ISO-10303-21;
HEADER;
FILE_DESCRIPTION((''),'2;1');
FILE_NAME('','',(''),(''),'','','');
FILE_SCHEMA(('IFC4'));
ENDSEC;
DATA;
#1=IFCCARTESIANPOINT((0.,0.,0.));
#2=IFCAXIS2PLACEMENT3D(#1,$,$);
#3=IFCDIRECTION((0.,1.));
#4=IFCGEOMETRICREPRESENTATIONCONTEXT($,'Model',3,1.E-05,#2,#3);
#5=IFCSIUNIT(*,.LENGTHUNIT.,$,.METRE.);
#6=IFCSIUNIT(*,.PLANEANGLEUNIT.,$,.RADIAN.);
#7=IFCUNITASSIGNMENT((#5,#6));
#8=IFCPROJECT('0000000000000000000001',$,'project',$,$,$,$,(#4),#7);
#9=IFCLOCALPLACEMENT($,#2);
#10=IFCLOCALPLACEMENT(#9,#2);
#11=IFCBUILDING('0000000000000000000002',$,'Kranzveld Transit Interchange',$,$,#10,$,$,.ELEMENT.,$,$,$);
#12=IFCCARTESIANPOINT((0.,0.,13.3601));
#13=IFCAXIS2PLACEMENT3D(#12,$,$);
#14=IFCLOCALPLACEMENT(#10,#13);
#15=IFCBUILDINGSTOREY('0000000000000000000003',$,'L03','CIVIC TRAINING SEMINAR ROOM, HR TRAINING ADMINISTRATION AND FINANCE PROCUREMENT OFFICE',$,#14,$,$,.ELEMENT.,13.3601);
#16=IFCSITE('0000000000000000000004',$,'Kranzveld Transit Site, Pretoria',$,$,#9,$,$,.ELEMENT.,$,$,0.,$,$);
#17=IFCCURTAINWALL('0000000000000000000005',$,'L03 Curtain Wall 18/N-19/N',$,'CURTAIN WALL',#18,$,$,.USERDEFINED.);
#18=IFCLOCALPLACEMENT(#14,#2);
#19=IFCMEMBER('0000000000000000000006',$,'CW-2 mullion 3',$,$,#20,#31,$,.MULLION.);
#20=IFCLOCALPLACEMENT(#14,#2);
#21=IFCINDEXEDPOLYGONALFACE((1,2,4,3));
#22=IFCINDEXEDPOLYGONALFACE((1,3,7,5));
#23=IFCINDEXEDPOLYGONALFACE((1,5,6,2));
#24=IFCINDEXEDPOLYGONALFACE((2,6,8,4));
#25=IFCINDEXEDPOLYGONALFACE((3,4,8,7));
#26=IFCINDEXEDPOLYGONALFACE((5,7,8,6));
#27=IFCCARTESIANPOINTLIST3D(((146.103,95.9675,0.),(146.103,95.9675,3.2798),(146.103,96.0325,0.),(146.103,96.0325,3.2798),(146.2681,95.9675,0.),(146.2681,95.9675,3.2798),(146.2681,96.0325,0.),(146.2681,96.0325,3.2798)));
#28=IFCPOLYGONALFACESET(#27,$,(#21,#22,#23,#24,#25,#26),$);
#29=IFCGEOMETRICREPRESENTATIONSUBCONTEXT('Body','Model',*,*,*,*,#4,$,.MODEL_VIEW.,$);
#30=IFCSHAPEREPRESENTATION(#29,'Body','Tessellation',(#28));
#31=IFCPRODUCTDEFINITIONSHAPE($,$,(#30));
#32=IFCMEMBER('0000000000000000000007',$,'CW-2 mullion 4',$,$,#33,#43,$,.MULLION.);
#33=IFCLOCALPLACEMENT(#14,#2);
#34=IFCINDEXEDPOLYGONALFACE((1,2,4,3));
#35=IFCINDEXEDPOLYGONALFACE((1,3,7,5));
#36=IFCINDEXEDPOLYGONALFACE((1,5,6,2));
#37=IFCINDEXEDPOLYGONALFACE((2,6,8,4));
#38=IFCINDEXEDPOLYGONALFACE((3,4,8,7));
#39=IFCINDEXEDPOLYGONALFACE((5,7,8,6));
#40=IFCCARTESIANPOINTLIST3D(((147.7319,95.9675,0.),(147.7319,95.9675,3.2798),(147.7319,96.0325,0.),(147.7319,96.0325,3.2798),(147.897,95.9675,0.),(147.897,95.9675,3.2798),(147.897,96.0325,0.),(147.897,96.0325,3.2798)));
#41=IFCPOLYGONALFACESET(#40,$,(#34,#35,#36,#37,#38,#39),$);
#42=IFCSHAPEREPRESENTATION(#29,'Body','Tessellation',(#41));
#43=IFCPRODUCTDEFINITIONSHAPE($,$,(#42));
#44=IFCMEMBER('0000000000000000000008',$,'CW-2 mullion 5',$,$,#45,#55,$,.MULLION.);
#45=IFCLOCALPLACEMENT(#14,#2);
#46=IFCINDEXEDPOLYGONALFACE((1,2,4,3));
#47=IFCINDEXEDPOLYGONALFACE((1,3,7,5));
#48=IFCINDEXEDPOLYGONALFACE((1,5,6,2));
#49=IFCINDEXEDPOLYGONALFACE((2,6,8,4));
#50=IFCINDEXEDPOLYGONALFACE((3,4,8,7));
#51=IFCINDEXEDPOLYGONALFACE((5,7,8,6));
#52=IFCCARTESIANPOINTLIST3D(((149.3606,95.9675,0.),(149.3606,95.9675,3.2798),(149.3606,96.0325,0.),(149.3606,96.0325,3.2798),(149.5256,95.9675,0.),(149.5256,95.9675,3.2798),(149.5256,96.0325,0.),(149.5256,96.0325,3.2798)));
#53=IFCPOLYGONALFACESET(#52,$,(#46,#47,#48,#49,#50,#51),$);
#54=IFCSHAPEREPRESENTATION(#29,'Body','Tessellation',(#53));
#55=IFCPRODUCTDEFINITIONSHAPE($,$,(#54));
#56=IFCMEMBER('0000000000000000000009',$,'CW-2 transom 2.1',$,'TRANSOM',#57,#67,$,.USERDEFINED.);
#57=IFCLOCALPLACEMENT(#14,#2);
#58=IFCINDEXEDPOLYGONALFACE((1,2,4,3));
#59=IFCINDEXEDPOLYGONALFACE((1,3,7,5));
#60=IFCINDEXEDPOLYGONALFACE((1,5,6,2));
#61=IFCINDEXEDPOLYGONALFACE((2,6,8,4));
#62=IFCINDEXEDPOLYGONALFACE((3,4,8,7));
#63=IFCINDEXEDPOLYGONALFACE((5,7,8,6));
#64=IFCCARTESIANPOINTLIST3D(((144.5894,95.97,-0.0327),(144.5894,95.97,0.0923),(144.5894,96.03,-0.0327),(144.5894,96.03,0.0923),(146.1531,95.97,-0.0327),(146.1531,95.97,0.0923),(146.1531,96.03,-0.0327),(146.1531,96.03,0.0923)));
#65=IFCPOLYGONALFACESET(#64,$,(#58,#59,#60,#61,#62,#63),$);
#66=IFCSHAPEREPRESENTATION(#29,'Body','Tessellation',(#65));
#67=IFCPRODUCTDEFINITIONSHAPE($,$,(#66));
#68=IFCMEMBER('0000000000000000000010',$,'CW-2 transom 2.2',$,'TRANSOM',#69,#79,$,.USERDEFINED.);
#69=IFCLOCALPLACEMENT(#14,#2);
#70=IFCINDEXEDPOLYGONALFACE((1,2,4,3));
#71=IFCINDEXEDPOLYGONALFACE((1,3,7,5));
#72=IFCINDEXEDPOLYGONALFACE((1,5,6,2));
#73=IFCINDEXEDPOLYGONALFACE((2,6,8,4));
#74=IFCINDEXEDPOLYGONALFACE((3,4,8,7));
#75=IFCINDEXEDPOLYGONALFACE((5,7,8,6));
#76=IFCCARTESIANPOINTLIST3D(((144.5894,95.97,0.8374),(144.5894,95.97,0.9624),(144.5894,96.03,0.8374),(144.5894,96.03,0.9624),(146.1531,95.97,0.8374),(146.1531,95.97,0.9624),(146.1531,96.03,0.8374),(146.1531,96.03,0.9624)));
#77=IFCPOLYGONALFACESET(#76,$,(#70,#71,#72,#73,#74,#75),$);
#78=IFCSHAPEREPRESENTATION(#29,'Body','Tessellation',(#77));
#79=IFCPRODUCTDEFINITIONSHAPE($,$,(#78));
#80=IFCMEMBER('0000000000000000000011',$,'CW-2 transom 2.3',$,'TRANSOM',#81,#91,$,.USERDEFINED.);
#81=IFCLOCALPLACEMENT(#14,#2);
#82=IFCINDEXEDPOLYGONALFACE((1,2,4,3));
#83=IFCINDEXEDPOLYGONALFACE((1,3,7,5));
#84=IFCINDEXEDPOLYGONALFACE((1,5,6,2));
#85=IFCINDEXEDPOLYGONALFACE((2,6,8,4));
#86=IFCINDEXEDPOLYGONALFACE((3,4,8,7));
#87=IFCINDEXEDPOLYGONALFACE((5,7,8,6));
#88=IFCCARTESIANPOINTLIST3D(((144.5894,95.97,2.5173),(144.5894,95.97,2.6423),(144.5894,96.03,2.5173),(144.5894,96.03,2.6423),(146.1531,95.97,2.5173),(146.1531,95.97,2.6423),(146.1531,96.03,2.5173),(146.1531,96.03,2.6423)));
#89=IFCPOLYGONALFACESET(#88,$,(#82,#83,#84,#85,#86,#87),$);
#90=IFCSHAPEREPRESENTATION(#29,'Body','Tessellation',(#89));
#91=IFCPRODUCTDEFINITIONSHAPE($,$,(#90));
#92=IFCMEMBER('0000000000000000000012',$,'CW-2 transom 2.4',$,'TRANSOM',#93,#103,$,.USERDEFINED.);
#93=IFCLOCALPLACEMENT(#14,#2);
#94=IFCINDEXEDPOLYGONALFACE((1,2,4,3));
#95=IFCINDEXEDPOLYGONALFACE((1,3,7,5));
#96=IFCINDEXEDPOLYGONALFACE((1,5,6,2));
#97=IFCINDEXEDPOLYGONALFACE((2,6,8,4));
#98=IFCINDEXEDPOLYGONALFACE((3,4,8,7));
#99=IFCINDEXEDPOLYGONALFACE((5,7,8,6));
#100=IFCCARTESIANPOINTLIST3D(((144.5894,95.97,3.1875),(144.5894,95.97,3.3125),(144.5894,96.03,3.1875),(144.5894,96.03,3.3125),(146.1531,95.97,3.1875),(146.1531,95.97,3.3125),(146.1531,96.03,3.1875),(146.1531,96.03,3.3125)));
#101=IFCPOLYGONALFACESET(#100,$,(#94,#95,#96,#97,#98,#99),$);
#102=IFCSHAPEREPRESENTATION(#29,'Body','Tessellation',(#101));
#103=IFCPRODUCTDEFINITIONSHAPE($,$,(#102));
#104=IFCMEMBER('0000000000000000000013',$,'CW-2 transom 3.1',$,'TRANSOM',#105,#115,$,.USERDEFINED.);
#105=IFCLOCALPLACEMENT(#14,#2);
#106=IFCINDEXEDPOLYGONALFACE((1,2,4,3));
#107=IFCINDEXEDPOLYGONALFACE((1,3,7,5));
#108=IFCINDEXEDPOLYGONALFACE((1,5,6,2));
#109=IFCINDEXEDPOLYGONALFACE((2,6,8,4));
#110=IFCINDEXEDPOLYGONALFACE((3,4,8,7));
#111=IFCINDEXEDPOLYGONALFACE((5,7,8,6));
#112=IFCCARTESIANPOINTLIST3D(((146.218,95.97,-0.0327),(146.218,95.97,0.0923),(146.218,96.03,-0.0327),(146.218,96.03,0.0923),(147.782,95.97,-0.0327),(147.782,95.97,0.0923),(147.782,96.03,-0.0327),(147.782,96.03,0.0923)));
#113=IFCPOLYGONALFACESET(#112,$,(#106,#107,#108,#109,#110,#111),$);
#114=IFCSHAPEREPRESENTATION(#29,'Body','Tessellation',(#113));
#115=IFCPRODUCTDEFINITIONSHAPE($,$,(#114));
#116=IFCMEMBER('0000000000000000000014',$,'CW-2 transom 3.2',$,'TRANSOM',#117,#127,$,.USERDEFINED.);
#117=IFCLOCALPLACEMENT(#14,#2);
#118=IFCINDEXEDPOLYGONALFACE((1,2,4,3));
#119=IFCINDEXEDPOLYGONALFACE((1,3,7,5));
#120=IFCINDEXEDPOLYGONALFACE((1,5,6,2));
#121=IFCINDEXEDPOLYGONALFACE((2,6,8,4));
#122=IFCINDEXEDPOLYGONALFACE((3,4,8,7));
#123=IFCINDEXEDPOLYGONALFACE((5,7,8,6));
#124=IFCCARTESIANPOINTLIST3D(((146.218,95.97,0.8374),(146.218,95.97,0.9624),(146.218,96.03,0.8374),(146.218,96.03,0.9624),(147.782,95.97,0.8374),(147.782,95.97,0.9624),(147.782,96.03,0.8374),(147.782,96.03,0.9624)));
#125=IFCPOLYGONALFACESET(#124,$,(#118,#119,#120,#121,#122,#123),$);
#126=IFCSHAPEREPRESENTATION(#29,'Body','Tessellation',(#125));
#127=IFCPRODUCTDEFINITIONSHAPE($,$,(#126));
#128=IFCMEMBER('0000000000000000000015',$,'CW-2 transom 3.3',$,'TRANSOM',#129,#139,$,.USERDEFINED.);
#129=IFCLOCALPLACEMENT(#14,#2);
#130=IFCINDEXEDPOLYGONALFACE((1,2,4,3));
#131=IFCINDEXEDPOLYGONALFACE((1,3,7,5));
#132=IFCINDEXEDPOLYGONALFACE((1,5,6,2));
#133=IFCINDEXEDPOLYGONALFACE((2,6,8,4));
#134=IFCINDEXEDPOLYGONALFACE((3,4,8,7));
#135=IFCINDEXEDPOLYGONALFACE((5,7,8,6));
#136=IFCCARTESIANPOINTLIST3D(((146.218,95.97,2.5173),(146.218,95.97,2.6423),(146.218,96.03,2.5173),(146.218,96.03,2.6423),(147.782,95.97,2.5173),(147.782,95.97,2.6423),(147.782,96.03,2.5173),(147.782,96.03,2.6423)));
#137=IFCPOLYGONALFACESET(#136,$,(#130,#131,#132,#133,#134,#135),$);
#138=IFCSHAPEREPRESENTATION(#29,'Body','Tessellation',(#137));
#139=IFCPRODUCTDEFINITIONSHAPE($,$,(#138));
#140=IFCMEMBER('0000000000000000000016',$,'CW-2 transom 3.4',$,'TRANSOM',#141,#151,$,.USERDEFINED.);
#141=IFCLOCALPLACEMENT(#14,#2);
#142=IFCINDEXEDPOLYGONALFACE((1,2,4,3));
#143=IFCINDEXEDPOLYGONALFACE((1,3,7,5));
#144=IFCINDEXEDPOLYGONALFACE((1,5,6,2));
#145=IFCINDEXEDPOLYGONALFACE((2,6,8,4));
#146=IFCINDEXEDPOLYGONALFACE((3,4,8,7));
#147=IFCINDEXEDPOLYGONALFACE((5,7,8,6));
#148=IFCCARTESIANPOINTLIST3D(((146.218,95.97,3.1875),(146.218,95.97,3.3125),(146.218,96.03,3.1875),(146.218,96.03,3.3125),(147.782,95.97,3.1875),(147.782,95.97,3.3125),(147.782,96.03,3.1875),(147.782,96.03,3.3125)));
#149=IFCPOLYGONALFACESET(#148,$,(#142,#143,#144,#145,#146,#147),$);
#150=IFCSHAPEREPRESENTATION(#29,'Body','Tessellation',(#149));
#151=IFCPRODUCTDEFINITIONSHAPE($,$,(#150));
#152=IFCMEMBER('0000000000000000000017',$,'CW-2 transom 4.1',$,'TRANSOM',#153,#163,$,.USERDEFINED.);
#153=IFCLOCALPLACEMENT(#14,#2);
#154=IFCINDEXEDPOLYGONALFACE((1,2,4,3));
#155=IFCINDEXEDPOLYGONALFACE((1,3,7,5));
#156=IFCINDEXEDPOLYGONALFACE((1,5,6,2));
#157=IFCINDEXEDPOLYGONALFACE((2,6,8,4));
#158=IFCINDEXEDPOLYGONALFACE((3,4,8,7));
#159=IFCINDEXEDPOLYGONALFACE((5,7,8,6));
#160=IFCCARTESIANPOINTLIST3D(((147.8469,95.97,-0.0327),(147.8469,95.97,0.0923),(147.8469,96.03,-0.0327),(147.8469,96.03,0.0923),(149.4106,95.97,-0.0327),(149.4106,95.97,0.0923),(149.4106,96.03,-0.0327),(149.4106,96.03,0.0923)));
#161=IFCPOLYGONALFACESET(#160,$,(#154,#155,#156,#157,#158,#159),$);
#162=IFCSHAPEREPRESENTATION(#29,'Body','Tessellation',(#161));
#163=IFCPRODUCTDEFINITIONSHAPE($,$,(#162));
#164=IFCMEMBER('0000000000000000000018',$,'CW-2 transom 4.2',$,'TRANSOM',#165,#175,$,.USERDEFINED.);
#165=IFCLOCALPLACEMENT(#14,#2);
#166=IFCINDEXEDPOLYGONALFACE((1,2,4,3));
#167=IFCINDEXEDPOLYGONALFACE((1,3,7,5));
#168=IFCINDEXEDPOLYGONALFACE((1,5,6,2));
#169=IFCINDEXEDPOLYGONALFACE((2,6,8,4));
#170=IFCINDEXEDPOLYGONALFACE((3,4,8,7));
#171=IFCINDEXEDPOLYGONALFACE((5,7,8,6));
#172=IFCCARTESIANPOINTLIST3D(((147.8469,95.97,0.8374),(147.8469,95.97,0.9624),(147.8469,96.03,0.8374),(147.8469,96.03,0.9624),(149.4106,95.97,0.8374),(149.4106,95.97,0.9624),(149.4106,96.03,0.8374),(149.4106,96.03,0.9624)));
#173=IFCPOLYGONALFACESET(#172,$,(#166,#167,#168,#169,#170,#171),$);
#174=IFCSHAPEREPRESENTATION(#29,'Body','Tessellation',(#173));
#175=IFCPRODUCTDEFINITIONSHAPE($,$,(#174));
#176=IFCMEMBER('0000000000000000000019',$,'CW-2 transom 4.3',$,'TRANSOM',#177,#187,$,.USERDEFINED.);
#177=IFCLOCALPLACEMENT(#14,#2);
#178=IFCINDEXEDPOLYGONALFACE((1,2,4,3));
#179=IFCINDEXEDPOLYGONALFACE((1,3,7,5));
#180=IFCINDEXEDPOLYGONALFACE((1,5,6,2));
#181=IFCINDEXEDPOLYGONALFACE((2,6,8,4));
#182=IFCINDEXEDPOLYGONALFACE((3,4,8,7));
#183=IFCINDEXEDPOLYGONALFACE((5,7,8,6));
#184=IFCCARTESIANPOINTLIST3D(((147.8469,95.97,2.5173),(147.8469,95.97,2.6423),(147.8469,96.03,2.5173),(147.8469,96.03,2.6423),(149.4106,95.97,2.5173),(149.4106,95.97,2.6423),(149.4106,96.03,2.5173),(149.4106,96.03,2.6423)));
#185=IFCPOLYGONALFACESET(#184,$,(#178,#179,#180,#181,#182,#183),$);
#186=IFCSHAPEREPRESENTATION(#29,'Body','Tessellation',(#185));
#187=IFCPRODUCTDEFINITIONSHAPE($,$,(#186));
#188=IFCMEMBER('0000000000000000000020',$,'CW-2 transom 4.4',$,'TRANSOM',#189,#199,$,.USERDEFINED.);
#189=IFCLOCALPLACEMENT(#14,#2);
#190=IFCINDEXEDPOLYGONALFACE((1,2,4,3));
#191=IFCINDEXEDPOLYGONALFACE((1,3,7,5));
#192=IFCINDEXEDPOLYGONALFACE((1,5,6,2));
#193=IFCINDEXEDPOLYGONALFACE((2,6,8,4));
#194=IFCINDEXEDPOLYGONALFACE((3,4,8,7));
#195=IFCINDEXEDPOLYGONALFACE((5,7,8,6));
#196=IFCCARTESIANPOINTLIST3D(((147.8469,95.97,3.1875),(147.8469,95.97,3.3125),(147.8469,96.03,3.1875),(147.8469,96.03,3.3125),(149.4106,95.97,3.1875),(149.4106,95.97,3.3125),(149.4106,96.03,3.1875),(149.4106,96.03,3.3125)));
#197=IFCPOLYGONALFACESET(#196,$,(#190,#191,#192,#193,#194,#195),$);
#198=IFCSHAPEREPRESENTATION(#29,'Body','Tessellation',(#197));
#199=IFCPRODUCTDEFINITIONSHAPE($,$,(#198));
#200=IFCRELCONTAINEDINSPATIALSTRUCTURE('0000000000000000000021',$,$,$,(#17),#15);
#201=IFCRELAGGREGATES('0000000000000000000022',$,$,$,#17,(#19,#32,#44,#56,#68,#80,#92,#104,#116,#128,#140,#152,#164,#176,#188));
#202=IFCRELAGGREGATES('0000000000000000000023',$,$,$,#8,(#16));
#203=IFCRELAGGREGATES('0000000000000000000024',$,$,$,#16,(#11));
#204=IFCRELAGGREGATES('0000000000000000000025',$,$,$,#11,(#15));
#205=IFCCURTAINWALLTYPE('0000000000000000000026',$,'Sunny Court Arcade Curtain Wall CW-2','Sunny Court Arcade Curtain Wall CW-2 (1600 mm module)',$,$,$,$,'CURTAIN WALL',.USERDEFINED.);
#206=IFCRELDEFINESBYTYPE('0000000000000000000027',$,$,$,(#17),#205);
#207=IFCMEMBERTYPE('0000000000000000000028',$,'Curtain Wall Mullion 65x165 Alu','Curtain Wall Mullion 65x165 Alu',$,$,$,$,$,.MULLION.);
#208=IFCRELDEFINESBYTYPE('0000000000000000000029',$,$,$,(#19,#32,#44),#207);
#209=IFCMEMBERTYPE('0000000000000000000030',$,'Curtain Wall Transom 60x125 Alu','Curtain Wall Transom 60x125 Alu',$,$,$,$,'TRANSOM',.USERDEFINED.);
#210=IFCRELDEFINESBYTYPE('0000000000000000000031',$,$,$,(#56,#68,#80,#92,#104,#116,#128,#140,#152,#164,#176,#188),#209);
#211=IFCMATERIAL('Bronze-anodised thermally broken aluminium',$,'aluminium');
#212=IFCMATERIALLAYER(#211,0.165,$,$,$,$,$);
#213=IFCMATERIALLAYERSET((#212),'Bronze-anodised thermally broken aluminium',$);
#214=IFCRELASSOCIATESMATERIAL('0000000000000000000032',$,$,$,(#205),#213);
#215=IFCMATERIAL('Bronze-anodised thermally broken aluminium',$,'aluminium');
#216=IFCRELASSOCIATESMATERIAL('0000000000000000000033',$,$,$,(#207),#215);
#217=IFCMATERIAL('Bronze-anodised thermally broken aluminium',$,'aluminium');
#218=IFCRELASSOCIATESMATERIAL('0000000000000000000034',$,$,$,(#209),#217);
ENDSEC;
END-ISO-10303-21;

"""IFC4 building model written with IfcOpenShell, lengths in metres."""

from ifc_helpers import new_model, si_unit, direction, frame, origin, origin_2d, place, context, subcontext, project, spatial, rectangle, extrude, material, layer, layer_set, material_profile, profile_set, type_object, element, aggregate, save


model = new_model("IFC4")

# Units and contexts
model_context = context("Model", 3, precision=1e-05, world=origin(), true_north=direction((0.0, 1.0)))
body_context = subcontext(model_context, "Body", "Model", "MODEL_VIEW")
ifc_project = project(units=[si_unit("LENGTHUNIT", "METRE"), si_unit("PLANEANGLEUNIT", "RADIAN")], contexts=[model_context])

# Site, building, storey
site_placement = place(None, origin())
site = spatial("IfcSite", under=ifc_project, at=site_placement, Name="Kranzveld Transit Site, Pretoria", CompositionType="ELEMENT", RefElevation=0.0)
building_placement = place(site_placement, origin())
building = spatial("IfcBuilding", under=site, at=building_placement, Name="Kranzveld Transit Interchange", CompositionType="ELEMENT")
storey_placement = place(building_placement, frame((0.0, 0.0, 13.3601)))
storey = spatial("IfcBuildingStorey", under=building, at=storey_placement, Name="L03", Description="CIVIC TRAINING SEMINAR ROOM, HR TRAINING ADMINISTRATION AND FINANCE PROCUREMENT OFFICE", CompositionType="ELEMENT", Elevation=13.3601)

# Curtain wall, members
ifc_material_1 = material(Name="Bronze-anodised thermally broken aluminium", Category="aluminium")
ifc_layer_1 = layer(ifc_material_1, 0.165)
ifc_layer_set_1 = layer_set([ifc_layer_1], Name="Bronze-anodised thermally broken aluminium")
curtain_wall_type = type_object("IfcCurtainWallType", Name="Sunny Court Arcade Curtain Wall CW-2", Description="Sunny Court Arcade Curtain Wall CW-2 (1600 mm module)", ElementType="CURTAIN WALL", PredefinedType="USERDEFINED", material=ifc_layer_set_1)
curtain_wall_placement = place(storey_placement, origin())
curtain_wall = element("IfcCurtainWall", 1, at=curtain_wall_placement, inside=storey, type_object=curtain_wall_type, Name="L03 Curtain Wall 18/N-19/N", ObjectType="CURTAIN WALL", PredefinedType="USERDEFINED")
ifc_material_2 = material(Name="Bronze-anodised thermally broken aluminium", Category="aluminium")
ifc_material_profile_1 = material_profile(ifc_material_2, rectangle(XDim=0.0649, YDim=0.165, at=origin_2d()), Name="ALU MULLION 65x165")
ifc_profile_set_1 = profile_set([ifc_material_profile_1], Name="Bronze-anodised thermally broken aluminium")
member_type_1 = type_object("IfcMemberType", Name="Curtain Wall Mullion 65x165 Alu", Description="Curtain Wall Mullion 65x165 Alu", PredefinedType="MULLION", material=ifc_profile_set_1)
member_1_placement = place(storey_placement, frame((146.1855, 96.0, 0.0), z_axis=(0.0, 0.0, 1.0), x_axis=(0.0, 1.0, 0.0)))
member_1 = element("IfcMember", 2, at=member_1_placement, type_object=member_type_1, Name="CW-2 mullion 3", PredefinedType="MULLION", context=body_context, shape_type="SweptSolid", body=[
    extrude(rectangle(XDim=0.0649, YDim=0.165, at=origin_2d()), origin(), (0.0, 0.0, 1.0), 3.2798),
])
member_2_placement = place(storey_placement, frame((147.8145, 96.0, 0.0), z_axis=(0.0, 0.0, 1.0), x_axis=(0.0, 1.0, 0.0)))
member_2 = element("IfcMember", 3, at=member_2_placement, type_object=member_type_1, Name="CW-2 mullion 4", PredefinedType="MULLION", context=body_context, shape_type="SweptSolid", body=[
    extrude(rectangle(XDim=0.0649, YDim=0.165, at=origin_2d()), origin(), (0.0, 0.0, 1.0), 3.2798),
])
member_3_placement = place(storey_placement, frame((149.4431, 96.0, 0.0), z_axis=(0.0, 0.0, 1.0), x_axis=(0.0, 1.0, 0.0)))
member_3 = element("IfcMember", 4, at=member_3_placement, type_object=member_type_1, Name="CW-2 mullion 5", PredefinedType="MULLION", context=body_context, shape_type="SweptSolid", body=[
    extrude(rectangle(XDim=0.0649, YDim=0.165, at=origin_2d()), origin(), (0.0, 0.0, 1.0), 3.2798),
])
ifc_material_3 = material(Name="Bronze-anodised thermally broken aluminium", Category="aluminium")
ifc_material_profile_2 = material_profile(ifc_material_3, rectangle(XDim=0.0601, YDim=0.125, at=origin_2d()), Name="ALU TRANSOM 60x125")
ifc_profile_set_2 = profile_set([ifc_material_profile_2], Name="Bronze-anodised thermally broken aluminium")
member_type_2 = type_object("IfcMemberType", Name="Curtain Wall Transom 60x125 Alu", Description="Curtain Wall Transom 60x125 Alu", ElementType="TRANSOM", PredefinedType="USERDEFINED", material=ifc_profile_set_2)
member_4_placement = place(storey_placement, frame((144.5894, 96.0, 0.0298), z_axis=(1.0, 0.0, 0.0), x_axis=(0.0, 1.0, 0.0)))
member_4 = element("IfcMember", 5, at=member_4_placement, type_object=member_type_2, Name="CW-2 transom 2.1", ObjectType="TRANSOM", PredefinedType="USERDEFINED", context=body_context, shape_type="SweptSolid", body=[
    extrude(rectangle(XDim=0.0601, YDim=0.125, at=origin_2d()), origin(), (0.0, 0.0, 1.0), 1.5637),
])
member_5_placement = place(storey_placement, frame((144.5894, 96.0, 0.8999), z_axis=(1.0, 0.0, 0.0), x_axis=(0.0, 1.0, 0.0)))
member_5 = element("IfcMember", 6, at=member_5_placement, type_object=member_type_2, Name="CW-2 transom 2.2", ObjectType="TRANSOM", PredefinedType="USERDEFINED", context=body_context, shape_type="SweptSolid", body=[
    extrude(rectangle(XDim=0.0601, YDim=0.125, at=origin_2d()), origin(), (0.0, 0.0, 1.0), 1.5637),
])
member_6_placement = place(storey_placement, frame((144.5894, 96.0, 2.5798), z_axis=(1.0, 0.0, 0.0), x_axis=(0.0, 1.0, 0.0)))
member_6 = element("IfcMember", 7, at=member_6_placement, type_object=member_type_2, Name="CW-2 transom 2.3", ObjectType="TRANSOM", PredefinedType="USERDEFINED", context=body_context, shape_type="SweptSolid", body=[
    extrude(rectangle(XDim=0.0601, YDim=0.125, at=origin_2d()), origin(), (0.0, 0.0, 1.0), 1.5637),
])
member_7_placement = place(storey_placement, frame((144.5894, 96.0, 3.25), z_axis=(1.0, 0.0, 0.0), x_axis=(0.0, 1.0, 0.0)))
member_7 = element("IfcMember", 8, at=member_7_placement, type_object=member_type_2, Name="CW-2 transom 2.4", ObjectType="TRANSOM", PredefinedType="USERDEFINED", context=body_context, shape_type="SweptSolid", body=[
    extrude(rectangle(XDim=0.0601, YDim=0.125, at=origin_2d()), origin(), (0.0, 0.0, 1.0), 1.5637),
])
member_8_placement = place(storey_placement, frame((146.218, 96.0, 0.0298), z_axis=(1.0, 0.0, 0.0), x_axis=(0.0, 1.0, 0.0)))
member_8 = element("IfcMember", 9, at=member_8_placement, type_object=member_type_2, Name="CW-2 transom 3.1", ObjectType="TRANSOM", PredefinedType="USERDEFINED", context=body_context, shape_type="SweptSolid", body=[
    extrude(rectangle(XDim=0.0601, YDim=0.125, at=origin_2d()), origin(), (0.0, 0.0, 1.0), 1.564),
])
member_9_placement = place(storey_placement, frame((146.218, 96.0, 0.8999), z_axis=(1.0, 0.0, 0.0), x_axis=(0.0, 1.0, 0.0)))
member_9 = element("IfcMember", 10, at=member_9_placement, type_object=member_type_2, Name="CW-2 transom 3.2", ObjectType="TRANSOM", PredefinedType="USERDEFINED", context=body_context, shape_type="SweptSolid", body=[
    extrude(rectangle(XDim=0.0601, YDim=0.125, at=origin_2d()), origin(), (0.0, 0.0, 1.0), 1.564),
])
member_10_placement = place(storey_placement, frame((146.218, 96.0, 2.5798), z_axis=(1.0, 0.0, 0.0), x_axis=(0.0, 1.0, 0.0)))
member_10 = element("IfcMember", 11, at=member_10_placement, type_object=member_type_2, Name="CW-2 transom 3.3", ObjectType="TRANSOM", PredefinedType="USERDEFINED", context=body_context, shape_type="SweptSolid", body=[
    extrude(rectangle(XDim=0.0601, YDim=0.125, at=origin_2d()), origin(), (0.0, 0.0, 1.0), 1.564),
])
member_11_placement = place(storey_placement, frame((146.218, 96.0, 3.25), z_axis=(1.0, 0.0, 0.0), x_axis=(0.0, 1.0, 0.0)))
member_11 = element("IfcMember", 12, at=member_11_placement, type_object=member_type_2, Name="CW-2 transom 3.4", ObjectType="TRANSOM", PredefinedType="USERDEFINED", context=body_context, shape_type="SweptSolid", body=[
    extrude(rectangle(XDim=0.0601, YDim=0.125, at=origin_2d()), origin(), (0.0, 0.0, 1.0), 1.564),
])
member_12_placement = place(storey_placement, frame((147.8469, 96.0, 0.0298), z_axis=(1.0, 0.0, 0.0), x_axis=(0.0, 1.0, 0.0)))
member_12 = element("IfcMember", 13, at=member_12_placement, type_object=member_type_2, Name="CW-2 transom 4.1", ObjectType="TRANSOM", PredefinedType="USERDEFINED", context=body_context, shape_type="SweptSolid", body=[
    extrude(rectangle(XDim=0.0601, YDim=0.125, at=origin_2d()), origin(), (0.0, 0.0, 1.0), 1.5637),
])
member_13_placement = place(storey_placement, frame((147.8469, 96.0, 0.8999), z_axis=(1.0, 0.0, 0.0), x_axis=(0.0, 1.0, 0.0)))
member_13 = element("IfcMember", 14, at=member_13_placement, type_object=member_type_2, Name="CW-2 transom 4.2", ObjectType="TRANSOM", PredefinedType="USERDEFINED", context=body_context, shape_type="SweptSolid", body=[
    extrude(rectangle(XDim=0.0601, YDim=0.125, at=origin_2d()), origin(), (0.0, 0.0, 1.0), 1.5637),
])
member_14_placement = place(storey_placement, frame((147.8469, 96.0, 2.5798), z_axis=(1.0, 0.0, 0.0), x_axis=(0.0, 1.0, 0.0)))
member_14 = element("IfcMember", 15, at=member_14_placement, type_object=member_type_2, Name="CW-2 transom 4.3", ObjectType="TRANSOM", PredefinedType="USERDEFINED", context=body_context, shape_type="SweptSolid", body=[
    extrude(rectangle(XDim=0.0601, YDim=0.125, at=origin_2d()), origin(), (0.0, 0.0, 1.0), 1.5637),
])
member_15_placement = place(storey_placement, frame((147.8469, 96.0, 3.25), z_axis=(1.0, 0.0, 0.0), x_axis=(0.0, 1.0, 0.0)))
member_15 = element("IfcMember", 16, at=member_15_placement, type_object=member_type_2, Name="CW-2 transom 4.4", ObjectType="TRANSOM", PredefinedType="USERDEFINED", context=body_context, shape_type="SweptSolid", body=[
    extrude(rectangle(XDim=0.0601, YDim=0.125, at=origin_2d()), origin(), (0.0, 0.0, 1.0), 1.5637),
])
aggregate(curtain_wall, [member_1, member_2, member_3, member_4, member_5, member_6, member_7, member_8, member_9, member_10, member_11, member_12, member_13, member_14, member_15])

save(model, "model.ifc")
